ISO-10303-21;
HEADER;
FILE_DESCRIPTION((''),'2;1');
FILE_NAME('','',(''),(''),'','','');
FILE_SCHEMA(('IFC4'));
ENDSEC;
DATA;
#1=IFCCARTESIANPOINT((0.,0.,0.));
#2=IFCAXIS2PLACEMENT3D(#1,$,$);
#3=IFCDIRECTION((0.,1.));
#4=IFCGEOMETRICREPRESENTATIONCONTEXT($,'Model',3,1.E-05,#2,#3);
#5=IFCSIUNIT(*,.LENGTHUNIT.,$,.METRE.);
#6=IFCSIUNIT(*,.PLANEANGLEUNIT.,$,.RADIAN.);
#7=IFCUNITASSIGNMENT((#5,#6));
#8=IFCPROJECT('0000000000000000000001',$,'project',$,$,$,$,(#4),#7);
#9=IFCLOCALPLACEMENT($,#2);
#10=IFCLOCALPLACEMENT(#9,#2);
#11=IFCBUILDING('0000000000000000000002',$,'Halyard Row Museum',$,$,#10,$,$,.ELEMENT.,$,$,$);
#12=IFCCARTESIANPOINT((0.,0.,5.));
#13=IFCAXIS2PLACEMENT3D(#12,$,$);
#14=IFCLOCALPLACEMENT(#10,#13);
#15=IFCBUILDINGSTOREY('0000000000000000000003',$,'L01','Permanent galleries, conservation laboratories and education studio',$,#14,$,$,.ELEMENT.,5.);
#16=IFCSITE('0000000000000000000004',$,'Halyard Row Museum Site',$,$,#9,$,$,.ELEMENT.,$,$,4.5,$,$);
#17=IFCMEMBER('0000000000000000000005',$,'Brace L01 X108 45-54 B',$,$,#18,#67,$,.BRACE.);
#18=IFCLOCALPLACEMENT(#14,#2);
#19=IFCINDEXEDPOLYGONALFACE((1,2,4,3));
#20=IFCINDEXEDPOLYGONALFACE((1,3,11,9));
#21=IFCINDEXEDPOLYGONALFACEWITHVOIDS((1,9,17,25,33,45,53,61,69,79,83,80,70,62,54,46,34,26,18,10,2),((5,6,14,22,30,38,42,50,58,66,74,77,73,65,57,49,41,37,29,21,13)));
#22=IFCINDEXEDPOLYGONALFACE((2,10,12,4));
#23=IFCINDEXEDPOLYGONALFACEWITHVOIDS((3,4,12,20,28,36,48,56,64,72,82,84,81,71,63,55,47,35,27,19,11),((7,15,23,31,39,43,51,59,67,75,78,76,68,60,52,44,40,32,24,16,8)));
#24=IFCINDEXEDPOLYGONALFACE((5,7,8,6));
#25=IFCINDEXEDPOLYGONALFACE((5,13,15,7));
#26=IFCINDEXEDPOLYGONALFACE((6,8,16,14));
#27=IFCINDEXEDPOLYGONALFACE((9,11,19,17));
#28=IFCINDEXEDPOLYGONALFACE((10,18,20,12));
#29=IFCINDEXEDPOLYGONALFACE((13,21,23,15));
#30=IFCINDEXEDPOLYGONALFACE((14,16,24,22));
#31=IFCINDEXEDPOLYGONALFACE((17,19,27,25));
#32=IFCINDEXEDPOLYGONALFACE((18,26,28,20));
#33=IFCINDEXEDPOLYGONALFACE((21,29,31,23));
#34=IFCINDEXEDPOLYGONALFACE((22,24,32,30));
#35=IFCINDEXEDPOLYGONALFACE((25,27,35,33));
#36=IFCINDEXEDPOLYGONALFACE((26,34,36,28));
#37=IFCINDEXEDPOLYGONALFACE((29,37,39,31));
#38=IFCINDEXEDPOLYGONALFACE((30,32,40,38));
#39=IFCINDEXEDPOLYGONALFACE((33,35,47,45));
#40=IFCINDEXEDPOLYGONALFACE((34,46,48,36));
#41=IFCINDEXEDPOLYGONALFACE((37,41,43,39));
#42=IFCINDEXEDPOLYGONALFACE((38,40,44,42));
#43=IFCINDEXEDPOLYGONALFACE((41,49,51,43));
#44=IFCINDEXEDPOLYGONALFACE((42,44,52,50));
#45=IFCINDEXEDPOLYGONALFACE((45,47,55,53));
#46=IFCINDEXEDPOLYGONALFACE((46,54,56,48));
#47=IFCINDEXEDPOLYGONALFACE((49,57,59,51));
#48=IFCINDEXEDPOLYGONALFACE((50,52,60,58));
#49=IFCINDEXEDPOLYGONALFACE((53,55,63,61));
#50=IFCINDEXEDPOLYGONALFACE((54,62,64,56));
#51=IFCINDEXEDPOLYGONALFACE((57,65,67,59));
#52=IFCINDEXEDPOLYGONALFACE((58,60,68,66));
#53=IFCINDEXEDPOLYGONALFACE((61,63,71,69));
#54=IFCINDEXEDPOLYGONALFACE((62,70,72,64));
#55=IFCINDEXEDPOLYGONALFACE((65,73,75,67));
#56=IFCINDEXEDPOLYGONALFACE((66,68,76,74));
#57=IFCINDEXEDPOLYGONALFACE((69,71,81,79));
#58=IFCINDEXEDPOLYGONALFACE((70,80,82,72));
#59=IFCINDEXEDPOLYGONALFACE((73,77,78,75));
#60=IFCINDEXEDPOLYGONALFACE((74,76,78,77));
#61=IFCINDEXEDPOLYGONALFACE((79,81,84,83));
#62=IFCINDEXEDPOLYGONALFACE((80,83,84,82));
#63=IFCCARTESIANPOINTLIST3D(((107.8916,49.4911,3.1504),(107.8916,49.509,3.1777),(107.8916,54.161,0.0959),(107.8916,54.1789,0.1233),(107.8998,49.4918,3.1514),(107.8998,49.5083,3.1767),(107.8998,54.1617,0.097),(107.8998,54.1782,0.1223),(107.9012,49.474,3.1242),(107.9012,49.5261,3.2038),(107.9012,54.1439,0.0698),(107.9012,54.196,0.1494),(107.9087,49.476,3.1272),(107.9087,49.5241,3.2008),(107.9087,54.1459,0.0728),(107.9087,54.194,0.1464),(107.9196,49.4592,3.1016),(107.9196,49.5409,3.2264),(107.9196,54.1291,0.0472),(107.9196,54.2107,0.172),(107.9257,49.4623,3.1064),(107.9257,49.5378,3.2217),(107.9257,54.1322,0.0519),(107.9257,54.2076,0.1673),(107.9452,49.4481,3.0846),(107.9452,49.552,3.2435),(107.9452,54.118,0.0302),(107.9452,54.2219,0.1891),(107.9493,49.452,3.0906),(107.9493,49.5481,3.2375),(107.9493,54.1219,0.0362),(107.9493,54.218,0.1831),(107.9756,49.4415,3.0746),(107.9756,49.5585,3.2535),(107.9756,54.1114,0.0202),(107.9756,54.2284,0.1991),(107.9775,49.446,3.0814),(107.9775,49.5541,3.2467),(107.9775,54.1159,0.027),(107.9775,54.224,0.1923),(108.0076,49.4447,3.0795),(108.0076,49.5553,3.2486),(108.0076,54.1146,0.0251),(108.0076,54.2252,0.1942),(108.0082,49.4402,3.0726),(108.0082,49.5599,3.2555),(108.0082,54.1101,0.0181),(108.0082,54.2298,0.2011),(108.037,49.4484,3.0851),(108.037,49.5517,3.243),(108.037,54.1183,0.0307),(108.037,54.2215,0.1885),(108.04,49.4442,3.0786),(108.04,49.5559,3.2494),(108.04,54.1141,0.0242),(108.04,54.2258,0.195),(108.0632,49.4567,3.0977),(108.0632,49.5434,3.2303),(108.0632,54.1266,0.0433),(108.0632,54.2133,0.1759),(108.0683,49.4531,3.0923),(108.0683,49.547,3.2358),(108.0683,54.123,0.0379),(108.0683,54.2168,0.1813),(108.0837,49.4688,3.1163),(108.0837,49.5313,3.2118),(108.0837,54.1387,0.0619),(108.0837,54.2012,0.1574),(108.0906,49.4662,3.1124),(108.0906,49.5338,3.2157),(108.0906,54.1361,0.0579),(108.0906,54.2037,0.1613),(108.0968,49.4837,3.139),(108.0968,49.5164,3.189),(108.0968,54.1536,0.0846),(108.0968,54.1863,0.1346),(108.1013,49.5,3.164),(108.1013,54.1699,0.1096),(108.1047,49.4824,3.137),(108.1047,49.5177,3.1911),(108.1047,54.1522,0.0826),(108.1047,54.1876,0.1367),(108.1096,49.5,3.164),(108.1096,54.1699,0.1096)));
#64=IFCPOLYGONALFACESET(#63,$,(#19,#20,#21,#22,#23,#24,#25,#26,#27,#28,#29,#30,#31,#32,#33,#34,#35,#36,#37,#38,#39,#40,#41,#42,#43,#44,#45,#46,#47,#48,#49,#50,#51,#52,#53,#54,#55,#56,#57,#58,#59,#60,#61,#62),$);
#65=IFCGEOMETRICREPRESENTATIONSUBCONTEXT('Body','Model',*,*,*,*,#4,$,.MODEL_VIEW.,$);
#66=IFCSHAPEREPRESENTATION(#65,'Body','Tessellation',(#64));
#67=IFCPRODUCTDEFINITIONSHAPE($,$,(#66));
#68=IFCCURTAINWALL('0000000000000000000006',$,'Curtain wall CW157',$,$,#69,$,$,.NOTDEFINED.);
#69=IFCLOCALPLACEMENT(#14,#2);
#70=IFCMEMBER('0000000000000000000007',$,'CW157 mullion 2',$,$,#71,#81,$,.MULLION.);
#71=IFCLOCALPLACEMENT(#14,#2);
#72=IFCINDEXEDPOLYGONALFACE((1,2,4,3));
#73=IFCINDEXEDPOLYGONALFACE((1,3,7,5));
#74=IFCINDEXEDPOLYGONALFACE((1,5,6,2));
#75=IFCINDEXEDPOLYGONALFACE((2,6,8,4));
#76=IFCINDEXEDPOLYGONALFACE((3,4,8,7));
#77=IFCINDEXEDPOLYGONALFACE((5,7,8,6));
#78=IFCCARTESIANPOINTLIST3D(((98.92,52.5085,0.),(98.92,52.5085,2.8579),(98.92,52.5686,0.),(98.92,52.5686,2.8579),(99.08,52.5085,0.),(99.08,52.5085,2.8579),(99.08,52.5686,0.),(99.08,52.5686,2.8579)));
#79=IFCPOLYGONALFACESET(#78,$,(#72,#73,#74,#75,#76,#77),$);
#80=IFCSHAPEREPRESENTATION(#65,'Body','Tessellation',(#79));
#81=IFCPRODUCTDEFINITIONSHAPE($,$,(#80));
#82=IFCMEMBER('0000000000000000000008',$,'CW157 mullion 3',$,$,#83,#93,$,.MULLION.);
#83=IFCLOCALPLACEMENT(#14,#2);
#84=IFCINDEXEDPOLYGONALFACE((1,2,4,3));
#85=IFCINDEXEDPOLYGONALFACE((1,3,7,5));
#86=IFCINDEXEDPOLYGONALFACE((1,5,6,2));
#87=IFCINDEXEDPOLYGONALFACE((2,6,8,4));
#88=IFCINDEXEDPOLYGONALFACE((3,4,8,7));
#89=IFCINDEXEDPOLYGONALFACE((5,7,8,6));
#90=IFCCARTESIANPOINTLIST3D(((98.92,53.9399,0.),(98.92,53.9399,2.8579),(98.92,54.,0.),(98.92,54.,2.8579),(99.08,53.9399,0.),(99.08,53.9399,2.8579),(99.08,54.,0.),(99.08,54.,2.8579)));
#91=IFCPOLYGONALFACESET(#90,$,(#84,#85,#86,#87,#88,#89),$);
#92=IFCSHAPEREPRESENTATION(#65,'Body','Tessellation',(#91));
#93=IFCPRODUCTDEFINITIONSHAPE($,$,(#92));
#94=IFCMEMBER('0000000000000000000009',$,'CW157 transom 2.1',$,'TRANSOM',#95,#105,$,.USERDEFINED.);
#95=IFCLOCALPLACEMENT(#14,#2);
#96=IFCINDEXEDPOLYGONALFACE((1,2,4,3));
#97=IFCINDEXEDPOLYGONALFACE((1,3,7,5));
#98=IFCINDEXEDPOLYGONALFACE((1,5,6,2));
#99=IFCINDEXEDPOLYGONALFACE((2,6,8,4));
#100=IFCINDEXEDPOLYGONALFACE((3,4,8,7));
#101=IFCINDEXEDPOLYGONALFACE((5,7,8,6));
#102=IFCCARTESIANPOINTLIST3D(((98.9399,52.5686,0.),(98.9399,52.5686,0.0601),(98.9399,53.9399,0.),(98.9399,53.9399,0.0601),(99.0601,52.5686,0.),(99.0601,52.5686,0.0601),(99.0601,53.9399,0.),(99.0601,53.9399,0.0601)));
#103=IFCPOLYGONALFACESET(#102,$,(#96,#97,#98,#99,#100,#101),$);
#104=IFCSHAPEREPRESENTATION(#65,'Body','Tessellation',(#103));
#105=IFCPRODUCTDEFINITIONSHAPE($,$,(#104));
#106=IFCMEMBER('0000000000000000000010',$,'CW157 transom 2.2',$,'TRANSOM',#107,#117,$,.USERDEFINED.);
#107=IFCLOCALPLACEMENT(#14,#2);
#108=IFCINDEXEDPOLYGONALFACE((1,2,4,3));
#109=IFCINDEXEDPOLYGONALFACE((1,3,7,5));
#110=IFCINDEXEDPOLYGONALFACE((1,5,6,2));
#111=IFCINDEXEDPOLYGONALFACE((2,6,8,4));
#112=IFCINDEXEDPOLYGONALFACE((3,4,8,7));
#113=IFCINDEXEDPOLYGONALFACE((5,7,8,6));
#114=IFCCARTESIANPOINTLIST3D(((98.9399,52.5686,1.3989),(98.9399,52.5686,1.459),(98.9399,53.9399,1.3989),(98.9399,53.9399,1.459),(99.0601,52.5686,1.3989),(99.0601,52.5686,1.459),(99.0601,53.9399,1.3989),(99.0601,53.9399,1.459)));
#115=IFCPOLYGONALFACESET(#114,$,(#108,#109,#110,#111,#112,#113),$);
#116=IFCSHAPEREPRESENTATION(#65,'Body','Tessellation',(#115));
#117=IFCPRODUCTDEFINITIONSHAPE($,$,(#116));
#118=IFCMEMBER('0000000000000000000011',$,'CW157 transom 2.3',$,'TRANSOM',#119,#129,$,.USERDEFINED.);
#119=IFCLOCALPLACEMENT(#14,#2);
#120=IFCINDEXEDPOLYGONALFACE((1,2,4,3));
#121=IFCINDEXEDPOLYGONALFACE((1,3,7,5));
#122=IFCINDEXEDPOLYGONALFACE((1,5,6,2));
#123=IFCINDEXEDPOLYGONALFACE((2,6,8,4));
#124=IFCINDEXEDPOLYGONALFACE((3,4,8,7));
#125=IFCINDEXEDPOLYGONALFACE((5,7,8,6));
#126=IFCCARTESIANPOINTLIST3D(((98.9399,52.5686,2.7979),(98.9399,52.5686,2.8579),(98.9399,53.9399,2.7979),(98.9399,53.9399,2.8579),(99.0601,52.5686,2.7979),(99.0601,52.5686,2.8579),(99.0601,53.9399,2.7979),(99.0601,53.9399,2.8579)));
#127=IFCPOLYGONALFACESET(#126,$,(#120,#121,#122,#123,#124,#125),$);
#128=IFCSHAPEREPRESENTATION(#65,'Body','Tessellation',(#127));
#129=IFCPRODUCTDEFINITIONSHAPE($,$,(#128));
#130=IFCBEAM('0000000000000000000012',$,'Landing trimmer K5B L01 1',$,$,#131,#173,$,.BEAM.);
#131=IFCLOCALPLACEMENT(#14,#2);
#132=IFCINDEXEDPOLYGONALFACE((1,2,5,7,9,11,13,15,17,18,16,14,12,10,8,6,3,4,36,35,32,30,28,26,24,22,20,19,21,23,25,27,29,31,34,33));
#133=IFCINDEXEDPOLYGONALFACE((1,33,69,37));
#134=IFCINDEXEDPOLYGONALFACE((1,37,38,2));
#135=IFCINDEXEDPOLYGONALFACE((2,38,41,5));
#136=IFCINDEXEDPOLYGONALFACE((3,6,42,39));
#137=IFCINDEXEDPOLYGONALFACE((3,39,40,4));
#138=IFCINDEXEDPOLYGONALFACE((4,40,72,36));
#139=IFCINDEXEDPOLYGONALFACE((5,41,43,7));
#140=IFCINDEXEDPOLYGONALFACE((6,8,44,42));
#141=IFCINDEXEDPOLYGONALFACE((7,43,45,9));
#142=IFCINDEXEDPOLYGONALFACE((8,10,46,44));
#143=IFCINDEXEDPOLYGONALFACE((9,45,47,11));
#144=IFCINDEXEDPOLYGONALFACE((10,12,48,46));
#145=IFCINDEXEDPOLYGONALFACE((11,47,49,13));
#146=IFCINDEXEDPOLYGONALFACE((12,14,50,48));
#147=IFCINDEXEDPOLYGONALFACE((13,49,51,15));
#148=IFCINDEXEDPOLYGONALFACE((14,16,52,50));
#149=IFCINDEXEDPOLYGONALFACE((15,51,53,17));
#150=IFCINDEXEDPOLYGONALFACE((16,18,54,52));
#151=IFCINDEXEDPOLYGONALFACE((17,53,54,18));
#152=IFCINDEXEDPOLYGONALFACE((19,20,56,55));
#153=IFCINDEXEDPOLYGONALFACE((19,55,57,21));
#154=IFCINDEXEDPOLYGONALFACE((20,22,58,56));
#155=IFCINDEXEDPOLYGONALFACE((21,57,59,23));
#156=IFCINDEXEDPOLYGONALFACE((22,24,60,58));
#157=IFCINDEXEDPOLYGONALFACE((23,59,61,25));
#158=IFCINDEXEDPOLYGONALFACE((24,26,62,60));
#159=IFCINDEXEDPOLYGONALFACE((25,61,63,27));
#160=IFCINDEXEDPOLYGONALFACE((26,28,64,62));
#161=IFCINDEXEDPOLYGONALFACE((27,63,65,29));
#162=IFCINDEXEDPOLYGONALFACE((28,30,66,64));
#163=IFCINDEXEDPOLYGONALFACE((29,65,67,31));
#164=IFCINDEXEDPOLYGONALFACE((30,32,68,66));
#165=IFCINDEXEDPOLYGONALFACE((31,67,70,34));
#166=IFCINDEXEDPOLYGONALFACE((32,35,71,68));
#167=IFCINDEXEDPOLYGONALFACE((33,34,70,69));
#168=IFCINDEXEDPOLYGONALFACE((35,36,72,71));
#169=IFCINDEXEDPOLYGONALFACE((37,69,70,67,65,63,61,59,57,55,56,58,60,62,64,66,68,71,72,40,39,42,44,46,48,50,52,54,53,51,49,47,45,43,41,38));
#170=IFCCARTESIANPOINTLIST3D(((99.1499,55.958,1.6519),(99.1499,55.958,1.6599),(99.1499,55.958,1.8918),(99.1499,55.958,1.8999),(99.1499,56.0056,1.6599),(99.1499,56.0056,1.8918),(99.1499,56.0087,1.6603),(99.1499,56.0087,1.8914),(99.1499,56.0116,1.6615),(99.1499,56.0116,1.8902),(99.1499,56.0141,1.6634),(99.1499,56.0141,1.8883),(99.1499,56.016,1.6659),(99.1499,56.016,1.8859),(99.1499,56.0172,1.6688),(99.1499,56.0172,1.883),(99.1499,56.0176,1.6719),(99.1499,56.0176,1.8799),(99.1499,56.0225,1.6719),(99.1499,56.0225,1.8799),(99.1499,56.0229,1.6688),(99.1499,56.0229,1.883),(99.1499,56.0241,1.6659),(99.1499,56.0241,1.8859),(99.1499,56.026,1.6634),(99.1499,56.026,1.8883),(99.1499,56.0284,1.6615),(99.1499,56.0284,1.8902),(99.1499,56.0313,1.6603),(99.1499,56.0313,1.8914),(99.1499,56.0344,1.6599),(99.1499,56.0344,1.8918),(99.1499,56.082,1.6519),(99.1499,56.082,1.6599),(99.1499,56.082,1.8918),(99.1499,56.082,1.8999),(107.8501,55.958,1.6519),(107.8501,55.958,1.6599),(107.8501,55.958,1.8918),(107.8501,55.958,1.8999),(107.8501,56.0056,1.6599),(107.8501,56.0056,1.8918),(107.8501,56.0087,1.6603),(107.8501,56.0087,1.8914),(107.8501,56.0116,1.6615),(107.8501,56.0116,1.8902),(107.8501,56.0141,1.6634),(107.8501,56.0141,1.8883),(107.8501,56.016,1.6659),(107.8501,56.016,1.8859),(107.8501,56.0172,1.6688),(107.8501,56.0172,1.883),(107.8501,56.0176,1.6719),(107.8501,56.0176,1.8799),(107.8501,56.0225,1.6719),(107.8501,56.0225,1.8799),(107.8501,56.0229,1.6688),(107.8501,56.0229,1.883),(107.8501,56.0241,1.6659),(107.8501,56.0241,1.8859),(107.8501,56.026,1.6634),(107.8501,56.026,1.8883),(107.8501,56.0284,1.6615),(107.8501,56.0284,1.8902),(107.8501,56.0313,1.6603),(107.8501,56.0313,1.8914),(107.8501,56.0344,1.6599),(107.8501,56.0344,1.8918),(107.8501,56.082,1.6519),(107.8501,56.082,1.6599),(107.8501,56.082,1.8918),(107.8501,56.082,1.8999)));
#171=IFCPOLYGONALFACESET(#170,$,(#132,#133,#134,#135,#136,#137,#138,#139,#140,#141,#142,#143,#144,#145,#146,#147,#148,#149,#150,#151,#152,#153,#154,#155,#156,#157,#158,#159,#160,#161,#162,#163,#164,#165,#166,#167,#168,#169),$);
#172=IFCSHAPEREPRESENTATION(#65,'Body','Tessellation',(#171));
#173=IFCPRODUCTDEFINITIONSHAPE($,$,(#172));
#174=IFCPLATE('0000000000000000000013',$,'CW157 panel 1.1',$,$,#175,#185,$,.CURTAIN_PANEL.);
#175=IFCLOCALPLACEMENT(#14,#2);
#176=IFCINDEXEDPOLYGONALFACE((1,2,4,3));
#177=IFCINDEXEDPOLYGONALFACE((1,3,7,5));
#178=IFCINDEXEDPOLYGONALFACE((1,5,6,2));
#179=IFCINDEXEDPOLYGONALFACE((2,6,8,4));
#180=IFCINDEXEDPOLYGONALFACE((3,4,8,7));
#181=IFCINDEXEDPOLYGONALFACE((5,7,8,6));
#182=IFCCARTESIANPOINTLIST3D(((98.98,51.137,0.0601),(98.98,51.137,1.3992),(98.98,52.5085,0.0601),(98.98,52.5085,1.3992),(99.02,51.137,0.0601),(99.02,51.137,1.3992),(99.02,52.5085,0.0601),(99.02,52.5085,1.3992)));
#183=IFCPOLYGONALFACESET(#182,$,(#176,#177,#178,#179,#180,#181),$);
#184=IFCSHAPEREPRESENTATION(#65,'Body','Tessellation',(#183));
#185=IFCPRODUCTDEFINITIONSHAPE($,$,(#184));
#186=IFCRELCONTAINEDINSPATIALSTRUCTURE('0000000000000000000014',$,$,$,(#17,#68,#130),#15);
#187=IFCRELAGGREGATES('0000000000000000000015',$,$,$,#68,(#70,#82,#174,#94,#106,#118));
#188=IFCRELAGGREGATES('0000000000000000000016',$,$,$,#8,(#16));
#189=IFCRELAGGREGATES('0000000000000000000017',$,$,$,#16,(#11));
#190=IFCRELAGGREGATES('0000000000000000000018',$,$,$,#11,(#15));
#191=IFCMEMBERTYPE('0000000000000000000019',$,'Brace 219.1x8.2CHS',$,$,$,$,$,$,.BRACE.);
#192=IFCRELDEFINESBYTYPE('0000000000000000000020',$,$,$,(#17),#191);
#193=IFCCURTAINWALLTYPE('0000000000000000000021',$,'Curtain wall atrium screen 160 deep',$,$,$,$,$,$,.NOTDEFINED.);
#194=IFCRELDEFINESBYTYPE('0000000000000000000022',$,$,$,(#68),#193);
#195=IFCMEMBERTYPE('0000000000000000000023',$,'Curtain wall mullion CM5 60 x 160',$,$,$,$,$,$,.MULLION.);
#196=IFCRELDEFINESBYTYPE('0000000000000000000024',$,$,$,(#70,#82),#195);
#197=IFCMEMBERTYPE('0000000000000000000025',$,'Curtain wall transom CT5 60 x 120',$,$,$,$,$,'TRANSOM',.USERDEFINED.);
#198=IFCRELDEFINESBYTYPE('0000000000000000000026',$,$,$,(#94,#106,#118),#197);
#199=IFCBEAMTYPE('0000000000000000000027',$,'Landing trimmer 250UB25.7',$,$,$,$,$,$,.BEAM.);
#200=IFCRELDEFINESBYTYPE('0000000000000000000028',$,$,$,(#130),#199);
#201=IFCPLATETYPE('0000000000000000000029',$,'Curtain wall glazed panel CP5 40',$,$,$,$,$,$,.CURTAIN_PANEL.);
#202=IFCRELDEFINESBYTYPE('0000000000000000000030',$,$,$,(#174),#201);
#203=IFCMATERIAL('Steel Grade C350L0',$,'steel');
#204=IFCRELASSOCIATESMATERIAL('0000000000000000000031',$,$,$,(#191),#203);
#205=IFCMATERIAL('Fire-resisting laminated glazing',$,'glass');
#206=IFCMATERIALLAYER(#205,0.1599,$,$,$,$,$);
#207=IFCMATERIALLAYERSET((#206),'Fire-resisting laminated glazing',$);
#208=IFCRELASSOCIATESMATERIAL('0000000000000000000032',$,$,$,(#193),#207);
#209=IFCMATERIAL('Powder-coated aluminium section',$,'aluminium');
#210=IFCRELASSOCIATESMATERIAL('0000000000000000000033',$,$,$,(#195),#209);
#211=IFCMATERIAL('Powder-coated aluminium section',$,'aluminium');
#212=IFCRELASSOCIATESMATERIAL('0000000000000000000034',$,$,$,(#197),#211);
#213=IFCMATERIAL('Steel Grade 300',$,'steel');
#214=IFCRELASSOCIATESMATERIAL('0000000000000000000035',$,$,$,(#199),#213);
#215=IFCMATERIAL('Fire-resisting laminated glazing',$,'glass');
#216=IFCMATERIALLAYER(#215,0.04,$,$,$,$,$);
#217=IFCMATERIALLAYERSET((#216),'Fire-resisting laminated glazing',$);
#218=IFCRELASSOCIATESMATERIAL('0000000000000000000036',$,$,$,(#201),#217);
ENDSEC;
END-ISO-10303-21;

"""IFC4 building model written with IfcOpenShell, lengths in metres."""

from ifc_helpers import new_model, si_unit, direction, frame, origin, origin_2d, place, context, subcontext, project, spatial, rectangle, hollow_circle, i_section, extrude, material, layer, layer_set, material_profile, profile_set, type_object, element, aggregate, save


model = new_model("IFC4")

# Units and contexts
model_context = context("Model", 3, precision=1e-05, world=origin(), true_north=direction((0.0, 1.0)))
body_context = subcontext(model_context, "Body", "Model", "MODEL_VIEW")
ifc_project = project(units=[si_unit("LENGTHUNIT", "METRE"), si_unit("PLANEANGLEUNIT", "RADIAN")], contexts=[model_context])

# Site, building, storey
site_placement = place(None, origin())
site = spatial("IfcSite", under=ifc_project, at=site_placement, Name="Halyard Row Museum Site", CompositionType="ELEMENT", RefElevation=4.5)
building_placement = place(site_placement, origin())
building = spatial("IfcBuilding", under=site, at=building_placement, Name="Halyard Row Museum", CompositionType="ELEMENT")
storey_placement = place(building_placement, frame((0.0, 0.0, 5.0)))
storey = spatial("IfcBuildingStorey", under=building, at=storey_placement, Name="L01", Description="Permanent galleries, conservation laboratories and education studio", CompositionType="ELEMENT", Elevation=5.0)

# Member
ifc_material_1 = material(Name="Steel Grade C350L0", Category="steel")
ifc_material_profile_1 = material_profile(ifc_material_1, hollow_circle(Radius=0.1096, WallThickness=0.0083, at=origin_2d()), Name="219.1x8.2CHS")
ifc_profile_set_1 = profile_set([ifc_material_profile_1], Name="Steel Grade C350L0")
member_type_1 = type_object("IfcMemberType", Name="Brace 219.1x8.2CHS", PredefinedType="BRACE", material=ifc_profile_set_1)
member_1_placement = place(storey_placement, frame((108.0, 54.1699, 0.1096), z_axis=(0.0, -0.836885, 0.547379), x_axis=(1.0, 0.0, 0.0)))
element("IfcMember", 1, at=member_1_placement, inside=storey, type_object=member_type_1, Name="Brace L01 X108 45-54 B", PredefinedType="BRACE", context=body_context, shape_type="SweptSolid", body=[
    extrude(hollow_circle(Radius=0.1096, WallThickness=0.0083, at=origin_2d()), origin(), (0.0, 0.0, 1.0), 5.5801),
])

# Curtain wall, members
ifc_material_2 = material(Name="Fire-resisting laminated glazing", Category="glass")
ifc_layer_1 = layer(ifc_material_2, 0.1599)
ifc_layer_set_1 = layer_set([ifc_layer_1], Name="Fire-resisting laminated glazing")
curtain_wall_type = type_object("IfcCurtainWallType", Name="Curtain wall atrium screen 160 deep", PredefinedType="NOTDEFINED", material=ifc_layer_set_1)
curtain_wall_placement = place(storey_placement, origin())
curtain_wall = element("IfcCurtainWall", 2, at=curtain_wall_placement, inside=storey, type_object=curtain_wall_type, Name="Curtain wall CW157", PredefinedType="NOTDEFINED")
ifc_material_3 = material(Name="Powder-coated aluminium section", Category="aluminium")
ifc_material_profile_2 = material_profile(ifc_material_3, rectangle(XDim=0.1599, YDim=0.0601, at=origin_2d()), Name="160x60 mullion")
ifc_profile_set_2 = profile_set([ifc_material_profile_2], Name="Powder-coated aluminium section")
member_type_2 = type_object("IfcMemberType", Name="Curtain wall mullion CM5 60 x 160", PredefinedType="MULLION", material=ifc_profile_set_2)
member_2_placement = place(storey_placement, frame((99.0, 52.5386, 0.0), z_axis=(0.0, 0.0, 1.0), x_axis=(-1.0, 0.0, 0.0)))
member_2 = element("IfcMember", 3, at=member_2_placement, type_object=member_type_2, Name="CW157 mullion 2", PredefinedType="MULLION", context=body_context, shape_type="SweptSolid", body=[
    extrude(rectangle(XDim=0.1599, YDim=0.0601, at=origin_2d()), origin(), (0.0, 0.0, 1.0), 2.8579),
])
member_3_placement = place(storey_placement, frame((99.0, 53.97, 0.0), z_axis=(0.0, 0.0, 1.0), x_axis=(-1.0, 0.0, 0.0)))
member_3 = element("IfcMember", 4, at=member_3_placement, type_object=member_type_2, Name="CW157 mullion 3", PredefinedType="MULLION", context=body_context, shape_type="SweptSolid", body=[
    extrude(rectangle(XDim=0.1599, YDim=0.0601, at=origin_2d()), origin(), (0.0, 0.0, 1.0), 2.8579),
])
ifc_material_4 = material(Name="Powder-coated aluminium section", Category="aluminium")
ifc_material_profile_3 = material_profile(ifc_material_4, rectangle(XDim=0.1201, YDim=0.0601, at=origin_2d()), Name="120x60 transom")
ifc_profile_set_3 = profile_set([ifc_material_profile_3], Name="Powder-coated aluminium section")
member_type_3 = type_object("IfcMemberType", Name="Curtain wall transom CT5 60 x 120", ElementType="TRANSOM", PredefinedType="USERDEFINED", material=ifc_profile_set_3)
member_4_placement = place(storey_placement, frame((99.0, 52.5686, 0.03), z_axis=(0.0, 1.0, 0.0), x_axis=(-1.0, 0.0, 0.0)))
member_4 = element("IfcMember", 5, at=member_4_placement, type_object=member_type_3, Name="CW157 transom 2.1", ObjectType="TRANSOM", PredefinedType="USERDEFINED", context=body_context, shape_type="SweptSolid", body=[
    extrude(rectangle(XDim=0.1201, YDim=0.0601, at=origin_2d()), origin(), (0.0, 0.0, 1.0), 1.3713),
])
member_5_placement = place(storey_placement, frame((99.0, 52.5686, 1.429), z_axis=(0.0, 1.0, 0.0), x_axis=(-1.0, 0.0, 0.0)))
member_5 = element("IfcMember", 6, at=member_5_placement, type_object=member_type_3, Name="CW157 transom 2.2", ObjectType="TRANSOM", PredefinedType="USERDEFINED", context=body_context, shape_type="SweptSolid", body=[
    extrude(rectangle(XDim=0.1201, YDim=0.0601, at=origin_2d()), origin(), (0.0, 0.0, 1.0), 1.3713),
])
member_6_placement = place(storey_placement, frame((99.0, 52.5686, 2.8279), z_axis=(0.0, 1.0, 0.0), x_axis=(-1.0, 0.0, 0.0)))
member_6 = element("IfcMember", 7, at=member_6_placement, type_object=member_type_3, Name="CW157 transom 2.3", ObjectType="TRANSOM", PredefinedType="USERDEFINED", context=body_context, shape_type="SweptSolid", body=[
    extrude(rectangle(XDim=0.1201, YDim=0.0601, at=origin_2d()), origin(), (0.0, 0.0, 1.0), 1.3713),
])

# Beam
ifc_material_5 = material(Name="Steel Grade 300", Category="steel")
ifc_material_profile_4 = material_profile(ifc_material_5, i_section(OverallWidth=0.124, OverallDepth=0.248, WebThickness=0.0049, FlangeThickness=0.0081, FilletRadius=0.012, at=origin_2d()), Name="250UB25.7")
ifc_profile_set_4 = profile_set([ifc_material_profile_4], Name="Steel Grade 300")
beam_type = type_object("IfcBeamType", Name="Landing trimmer 250UB25.7", PredefinedType="BEAM", material=ifc_profile_set_4)
beam_placement = place(storey_placement, frame((107.8501, 56.02, 1.7759), z_axis=(-1.0, 0.0, 0.0), x_axis=(0.0, -1.0, 0.0)))
element("IfcBeam", 8, at=beam_placement, inside=storey, type_object=beam_type, Name="Landing trimmer K5B L01 1", PredefinedType="BEAM", context=body_context, shape_type="SweptSolid", body=[
    extrude(i_section(OverallWidth=0.124, OverallDepth=0.248, WebThickness=0.0049, FlangeThickness=0.0081, FilletRadius=0.012, at=origin_2d()), origin(), (0.0, 0.0, 1.0), 8.7002),
])

# Plate
ifc_material_6 = material(Name="Fire-resisting laminated glazing", Category="glass")
ifc_layer_2 = layer(ifc_material_6, 0.04)
ifc_layer_set_2 = layer_set([ifc_layer_2], Name="Fire-resisting laminated glazing")
plate_type = type_object("IfcPlateType", Name="Curtain wall glazed panel CP5 40", PredefinedType="CURTAIN_PANEL", material=ifc_layer_set_2)
plate_1_placement = place(storey_placement, frame((99.0, 51.8228, 0.0601), z_axis=(0.0, 0.0, 1.0), x_axis=(0.0, 1.0, 0.0)))
plate_1 = element("IfcPlate", 9, at=plate_1_placement, type_object=plate_type, Name="CW157 panel 1.1", PredefinedType="CURTAIN_PANEL", context=body_context, shape_type="SweptSolid", body=[
    extrude(rectangle(XDim=1.3716, YDim=0.04, at=origin_2d()), origin(), (0.0, 0.0, 1.0), 1.3391),
])
aggregate(curtain_wall, [member_2, member_3, plate_1, member_4, member_5, member_6])

save(model, "model.ifc")
